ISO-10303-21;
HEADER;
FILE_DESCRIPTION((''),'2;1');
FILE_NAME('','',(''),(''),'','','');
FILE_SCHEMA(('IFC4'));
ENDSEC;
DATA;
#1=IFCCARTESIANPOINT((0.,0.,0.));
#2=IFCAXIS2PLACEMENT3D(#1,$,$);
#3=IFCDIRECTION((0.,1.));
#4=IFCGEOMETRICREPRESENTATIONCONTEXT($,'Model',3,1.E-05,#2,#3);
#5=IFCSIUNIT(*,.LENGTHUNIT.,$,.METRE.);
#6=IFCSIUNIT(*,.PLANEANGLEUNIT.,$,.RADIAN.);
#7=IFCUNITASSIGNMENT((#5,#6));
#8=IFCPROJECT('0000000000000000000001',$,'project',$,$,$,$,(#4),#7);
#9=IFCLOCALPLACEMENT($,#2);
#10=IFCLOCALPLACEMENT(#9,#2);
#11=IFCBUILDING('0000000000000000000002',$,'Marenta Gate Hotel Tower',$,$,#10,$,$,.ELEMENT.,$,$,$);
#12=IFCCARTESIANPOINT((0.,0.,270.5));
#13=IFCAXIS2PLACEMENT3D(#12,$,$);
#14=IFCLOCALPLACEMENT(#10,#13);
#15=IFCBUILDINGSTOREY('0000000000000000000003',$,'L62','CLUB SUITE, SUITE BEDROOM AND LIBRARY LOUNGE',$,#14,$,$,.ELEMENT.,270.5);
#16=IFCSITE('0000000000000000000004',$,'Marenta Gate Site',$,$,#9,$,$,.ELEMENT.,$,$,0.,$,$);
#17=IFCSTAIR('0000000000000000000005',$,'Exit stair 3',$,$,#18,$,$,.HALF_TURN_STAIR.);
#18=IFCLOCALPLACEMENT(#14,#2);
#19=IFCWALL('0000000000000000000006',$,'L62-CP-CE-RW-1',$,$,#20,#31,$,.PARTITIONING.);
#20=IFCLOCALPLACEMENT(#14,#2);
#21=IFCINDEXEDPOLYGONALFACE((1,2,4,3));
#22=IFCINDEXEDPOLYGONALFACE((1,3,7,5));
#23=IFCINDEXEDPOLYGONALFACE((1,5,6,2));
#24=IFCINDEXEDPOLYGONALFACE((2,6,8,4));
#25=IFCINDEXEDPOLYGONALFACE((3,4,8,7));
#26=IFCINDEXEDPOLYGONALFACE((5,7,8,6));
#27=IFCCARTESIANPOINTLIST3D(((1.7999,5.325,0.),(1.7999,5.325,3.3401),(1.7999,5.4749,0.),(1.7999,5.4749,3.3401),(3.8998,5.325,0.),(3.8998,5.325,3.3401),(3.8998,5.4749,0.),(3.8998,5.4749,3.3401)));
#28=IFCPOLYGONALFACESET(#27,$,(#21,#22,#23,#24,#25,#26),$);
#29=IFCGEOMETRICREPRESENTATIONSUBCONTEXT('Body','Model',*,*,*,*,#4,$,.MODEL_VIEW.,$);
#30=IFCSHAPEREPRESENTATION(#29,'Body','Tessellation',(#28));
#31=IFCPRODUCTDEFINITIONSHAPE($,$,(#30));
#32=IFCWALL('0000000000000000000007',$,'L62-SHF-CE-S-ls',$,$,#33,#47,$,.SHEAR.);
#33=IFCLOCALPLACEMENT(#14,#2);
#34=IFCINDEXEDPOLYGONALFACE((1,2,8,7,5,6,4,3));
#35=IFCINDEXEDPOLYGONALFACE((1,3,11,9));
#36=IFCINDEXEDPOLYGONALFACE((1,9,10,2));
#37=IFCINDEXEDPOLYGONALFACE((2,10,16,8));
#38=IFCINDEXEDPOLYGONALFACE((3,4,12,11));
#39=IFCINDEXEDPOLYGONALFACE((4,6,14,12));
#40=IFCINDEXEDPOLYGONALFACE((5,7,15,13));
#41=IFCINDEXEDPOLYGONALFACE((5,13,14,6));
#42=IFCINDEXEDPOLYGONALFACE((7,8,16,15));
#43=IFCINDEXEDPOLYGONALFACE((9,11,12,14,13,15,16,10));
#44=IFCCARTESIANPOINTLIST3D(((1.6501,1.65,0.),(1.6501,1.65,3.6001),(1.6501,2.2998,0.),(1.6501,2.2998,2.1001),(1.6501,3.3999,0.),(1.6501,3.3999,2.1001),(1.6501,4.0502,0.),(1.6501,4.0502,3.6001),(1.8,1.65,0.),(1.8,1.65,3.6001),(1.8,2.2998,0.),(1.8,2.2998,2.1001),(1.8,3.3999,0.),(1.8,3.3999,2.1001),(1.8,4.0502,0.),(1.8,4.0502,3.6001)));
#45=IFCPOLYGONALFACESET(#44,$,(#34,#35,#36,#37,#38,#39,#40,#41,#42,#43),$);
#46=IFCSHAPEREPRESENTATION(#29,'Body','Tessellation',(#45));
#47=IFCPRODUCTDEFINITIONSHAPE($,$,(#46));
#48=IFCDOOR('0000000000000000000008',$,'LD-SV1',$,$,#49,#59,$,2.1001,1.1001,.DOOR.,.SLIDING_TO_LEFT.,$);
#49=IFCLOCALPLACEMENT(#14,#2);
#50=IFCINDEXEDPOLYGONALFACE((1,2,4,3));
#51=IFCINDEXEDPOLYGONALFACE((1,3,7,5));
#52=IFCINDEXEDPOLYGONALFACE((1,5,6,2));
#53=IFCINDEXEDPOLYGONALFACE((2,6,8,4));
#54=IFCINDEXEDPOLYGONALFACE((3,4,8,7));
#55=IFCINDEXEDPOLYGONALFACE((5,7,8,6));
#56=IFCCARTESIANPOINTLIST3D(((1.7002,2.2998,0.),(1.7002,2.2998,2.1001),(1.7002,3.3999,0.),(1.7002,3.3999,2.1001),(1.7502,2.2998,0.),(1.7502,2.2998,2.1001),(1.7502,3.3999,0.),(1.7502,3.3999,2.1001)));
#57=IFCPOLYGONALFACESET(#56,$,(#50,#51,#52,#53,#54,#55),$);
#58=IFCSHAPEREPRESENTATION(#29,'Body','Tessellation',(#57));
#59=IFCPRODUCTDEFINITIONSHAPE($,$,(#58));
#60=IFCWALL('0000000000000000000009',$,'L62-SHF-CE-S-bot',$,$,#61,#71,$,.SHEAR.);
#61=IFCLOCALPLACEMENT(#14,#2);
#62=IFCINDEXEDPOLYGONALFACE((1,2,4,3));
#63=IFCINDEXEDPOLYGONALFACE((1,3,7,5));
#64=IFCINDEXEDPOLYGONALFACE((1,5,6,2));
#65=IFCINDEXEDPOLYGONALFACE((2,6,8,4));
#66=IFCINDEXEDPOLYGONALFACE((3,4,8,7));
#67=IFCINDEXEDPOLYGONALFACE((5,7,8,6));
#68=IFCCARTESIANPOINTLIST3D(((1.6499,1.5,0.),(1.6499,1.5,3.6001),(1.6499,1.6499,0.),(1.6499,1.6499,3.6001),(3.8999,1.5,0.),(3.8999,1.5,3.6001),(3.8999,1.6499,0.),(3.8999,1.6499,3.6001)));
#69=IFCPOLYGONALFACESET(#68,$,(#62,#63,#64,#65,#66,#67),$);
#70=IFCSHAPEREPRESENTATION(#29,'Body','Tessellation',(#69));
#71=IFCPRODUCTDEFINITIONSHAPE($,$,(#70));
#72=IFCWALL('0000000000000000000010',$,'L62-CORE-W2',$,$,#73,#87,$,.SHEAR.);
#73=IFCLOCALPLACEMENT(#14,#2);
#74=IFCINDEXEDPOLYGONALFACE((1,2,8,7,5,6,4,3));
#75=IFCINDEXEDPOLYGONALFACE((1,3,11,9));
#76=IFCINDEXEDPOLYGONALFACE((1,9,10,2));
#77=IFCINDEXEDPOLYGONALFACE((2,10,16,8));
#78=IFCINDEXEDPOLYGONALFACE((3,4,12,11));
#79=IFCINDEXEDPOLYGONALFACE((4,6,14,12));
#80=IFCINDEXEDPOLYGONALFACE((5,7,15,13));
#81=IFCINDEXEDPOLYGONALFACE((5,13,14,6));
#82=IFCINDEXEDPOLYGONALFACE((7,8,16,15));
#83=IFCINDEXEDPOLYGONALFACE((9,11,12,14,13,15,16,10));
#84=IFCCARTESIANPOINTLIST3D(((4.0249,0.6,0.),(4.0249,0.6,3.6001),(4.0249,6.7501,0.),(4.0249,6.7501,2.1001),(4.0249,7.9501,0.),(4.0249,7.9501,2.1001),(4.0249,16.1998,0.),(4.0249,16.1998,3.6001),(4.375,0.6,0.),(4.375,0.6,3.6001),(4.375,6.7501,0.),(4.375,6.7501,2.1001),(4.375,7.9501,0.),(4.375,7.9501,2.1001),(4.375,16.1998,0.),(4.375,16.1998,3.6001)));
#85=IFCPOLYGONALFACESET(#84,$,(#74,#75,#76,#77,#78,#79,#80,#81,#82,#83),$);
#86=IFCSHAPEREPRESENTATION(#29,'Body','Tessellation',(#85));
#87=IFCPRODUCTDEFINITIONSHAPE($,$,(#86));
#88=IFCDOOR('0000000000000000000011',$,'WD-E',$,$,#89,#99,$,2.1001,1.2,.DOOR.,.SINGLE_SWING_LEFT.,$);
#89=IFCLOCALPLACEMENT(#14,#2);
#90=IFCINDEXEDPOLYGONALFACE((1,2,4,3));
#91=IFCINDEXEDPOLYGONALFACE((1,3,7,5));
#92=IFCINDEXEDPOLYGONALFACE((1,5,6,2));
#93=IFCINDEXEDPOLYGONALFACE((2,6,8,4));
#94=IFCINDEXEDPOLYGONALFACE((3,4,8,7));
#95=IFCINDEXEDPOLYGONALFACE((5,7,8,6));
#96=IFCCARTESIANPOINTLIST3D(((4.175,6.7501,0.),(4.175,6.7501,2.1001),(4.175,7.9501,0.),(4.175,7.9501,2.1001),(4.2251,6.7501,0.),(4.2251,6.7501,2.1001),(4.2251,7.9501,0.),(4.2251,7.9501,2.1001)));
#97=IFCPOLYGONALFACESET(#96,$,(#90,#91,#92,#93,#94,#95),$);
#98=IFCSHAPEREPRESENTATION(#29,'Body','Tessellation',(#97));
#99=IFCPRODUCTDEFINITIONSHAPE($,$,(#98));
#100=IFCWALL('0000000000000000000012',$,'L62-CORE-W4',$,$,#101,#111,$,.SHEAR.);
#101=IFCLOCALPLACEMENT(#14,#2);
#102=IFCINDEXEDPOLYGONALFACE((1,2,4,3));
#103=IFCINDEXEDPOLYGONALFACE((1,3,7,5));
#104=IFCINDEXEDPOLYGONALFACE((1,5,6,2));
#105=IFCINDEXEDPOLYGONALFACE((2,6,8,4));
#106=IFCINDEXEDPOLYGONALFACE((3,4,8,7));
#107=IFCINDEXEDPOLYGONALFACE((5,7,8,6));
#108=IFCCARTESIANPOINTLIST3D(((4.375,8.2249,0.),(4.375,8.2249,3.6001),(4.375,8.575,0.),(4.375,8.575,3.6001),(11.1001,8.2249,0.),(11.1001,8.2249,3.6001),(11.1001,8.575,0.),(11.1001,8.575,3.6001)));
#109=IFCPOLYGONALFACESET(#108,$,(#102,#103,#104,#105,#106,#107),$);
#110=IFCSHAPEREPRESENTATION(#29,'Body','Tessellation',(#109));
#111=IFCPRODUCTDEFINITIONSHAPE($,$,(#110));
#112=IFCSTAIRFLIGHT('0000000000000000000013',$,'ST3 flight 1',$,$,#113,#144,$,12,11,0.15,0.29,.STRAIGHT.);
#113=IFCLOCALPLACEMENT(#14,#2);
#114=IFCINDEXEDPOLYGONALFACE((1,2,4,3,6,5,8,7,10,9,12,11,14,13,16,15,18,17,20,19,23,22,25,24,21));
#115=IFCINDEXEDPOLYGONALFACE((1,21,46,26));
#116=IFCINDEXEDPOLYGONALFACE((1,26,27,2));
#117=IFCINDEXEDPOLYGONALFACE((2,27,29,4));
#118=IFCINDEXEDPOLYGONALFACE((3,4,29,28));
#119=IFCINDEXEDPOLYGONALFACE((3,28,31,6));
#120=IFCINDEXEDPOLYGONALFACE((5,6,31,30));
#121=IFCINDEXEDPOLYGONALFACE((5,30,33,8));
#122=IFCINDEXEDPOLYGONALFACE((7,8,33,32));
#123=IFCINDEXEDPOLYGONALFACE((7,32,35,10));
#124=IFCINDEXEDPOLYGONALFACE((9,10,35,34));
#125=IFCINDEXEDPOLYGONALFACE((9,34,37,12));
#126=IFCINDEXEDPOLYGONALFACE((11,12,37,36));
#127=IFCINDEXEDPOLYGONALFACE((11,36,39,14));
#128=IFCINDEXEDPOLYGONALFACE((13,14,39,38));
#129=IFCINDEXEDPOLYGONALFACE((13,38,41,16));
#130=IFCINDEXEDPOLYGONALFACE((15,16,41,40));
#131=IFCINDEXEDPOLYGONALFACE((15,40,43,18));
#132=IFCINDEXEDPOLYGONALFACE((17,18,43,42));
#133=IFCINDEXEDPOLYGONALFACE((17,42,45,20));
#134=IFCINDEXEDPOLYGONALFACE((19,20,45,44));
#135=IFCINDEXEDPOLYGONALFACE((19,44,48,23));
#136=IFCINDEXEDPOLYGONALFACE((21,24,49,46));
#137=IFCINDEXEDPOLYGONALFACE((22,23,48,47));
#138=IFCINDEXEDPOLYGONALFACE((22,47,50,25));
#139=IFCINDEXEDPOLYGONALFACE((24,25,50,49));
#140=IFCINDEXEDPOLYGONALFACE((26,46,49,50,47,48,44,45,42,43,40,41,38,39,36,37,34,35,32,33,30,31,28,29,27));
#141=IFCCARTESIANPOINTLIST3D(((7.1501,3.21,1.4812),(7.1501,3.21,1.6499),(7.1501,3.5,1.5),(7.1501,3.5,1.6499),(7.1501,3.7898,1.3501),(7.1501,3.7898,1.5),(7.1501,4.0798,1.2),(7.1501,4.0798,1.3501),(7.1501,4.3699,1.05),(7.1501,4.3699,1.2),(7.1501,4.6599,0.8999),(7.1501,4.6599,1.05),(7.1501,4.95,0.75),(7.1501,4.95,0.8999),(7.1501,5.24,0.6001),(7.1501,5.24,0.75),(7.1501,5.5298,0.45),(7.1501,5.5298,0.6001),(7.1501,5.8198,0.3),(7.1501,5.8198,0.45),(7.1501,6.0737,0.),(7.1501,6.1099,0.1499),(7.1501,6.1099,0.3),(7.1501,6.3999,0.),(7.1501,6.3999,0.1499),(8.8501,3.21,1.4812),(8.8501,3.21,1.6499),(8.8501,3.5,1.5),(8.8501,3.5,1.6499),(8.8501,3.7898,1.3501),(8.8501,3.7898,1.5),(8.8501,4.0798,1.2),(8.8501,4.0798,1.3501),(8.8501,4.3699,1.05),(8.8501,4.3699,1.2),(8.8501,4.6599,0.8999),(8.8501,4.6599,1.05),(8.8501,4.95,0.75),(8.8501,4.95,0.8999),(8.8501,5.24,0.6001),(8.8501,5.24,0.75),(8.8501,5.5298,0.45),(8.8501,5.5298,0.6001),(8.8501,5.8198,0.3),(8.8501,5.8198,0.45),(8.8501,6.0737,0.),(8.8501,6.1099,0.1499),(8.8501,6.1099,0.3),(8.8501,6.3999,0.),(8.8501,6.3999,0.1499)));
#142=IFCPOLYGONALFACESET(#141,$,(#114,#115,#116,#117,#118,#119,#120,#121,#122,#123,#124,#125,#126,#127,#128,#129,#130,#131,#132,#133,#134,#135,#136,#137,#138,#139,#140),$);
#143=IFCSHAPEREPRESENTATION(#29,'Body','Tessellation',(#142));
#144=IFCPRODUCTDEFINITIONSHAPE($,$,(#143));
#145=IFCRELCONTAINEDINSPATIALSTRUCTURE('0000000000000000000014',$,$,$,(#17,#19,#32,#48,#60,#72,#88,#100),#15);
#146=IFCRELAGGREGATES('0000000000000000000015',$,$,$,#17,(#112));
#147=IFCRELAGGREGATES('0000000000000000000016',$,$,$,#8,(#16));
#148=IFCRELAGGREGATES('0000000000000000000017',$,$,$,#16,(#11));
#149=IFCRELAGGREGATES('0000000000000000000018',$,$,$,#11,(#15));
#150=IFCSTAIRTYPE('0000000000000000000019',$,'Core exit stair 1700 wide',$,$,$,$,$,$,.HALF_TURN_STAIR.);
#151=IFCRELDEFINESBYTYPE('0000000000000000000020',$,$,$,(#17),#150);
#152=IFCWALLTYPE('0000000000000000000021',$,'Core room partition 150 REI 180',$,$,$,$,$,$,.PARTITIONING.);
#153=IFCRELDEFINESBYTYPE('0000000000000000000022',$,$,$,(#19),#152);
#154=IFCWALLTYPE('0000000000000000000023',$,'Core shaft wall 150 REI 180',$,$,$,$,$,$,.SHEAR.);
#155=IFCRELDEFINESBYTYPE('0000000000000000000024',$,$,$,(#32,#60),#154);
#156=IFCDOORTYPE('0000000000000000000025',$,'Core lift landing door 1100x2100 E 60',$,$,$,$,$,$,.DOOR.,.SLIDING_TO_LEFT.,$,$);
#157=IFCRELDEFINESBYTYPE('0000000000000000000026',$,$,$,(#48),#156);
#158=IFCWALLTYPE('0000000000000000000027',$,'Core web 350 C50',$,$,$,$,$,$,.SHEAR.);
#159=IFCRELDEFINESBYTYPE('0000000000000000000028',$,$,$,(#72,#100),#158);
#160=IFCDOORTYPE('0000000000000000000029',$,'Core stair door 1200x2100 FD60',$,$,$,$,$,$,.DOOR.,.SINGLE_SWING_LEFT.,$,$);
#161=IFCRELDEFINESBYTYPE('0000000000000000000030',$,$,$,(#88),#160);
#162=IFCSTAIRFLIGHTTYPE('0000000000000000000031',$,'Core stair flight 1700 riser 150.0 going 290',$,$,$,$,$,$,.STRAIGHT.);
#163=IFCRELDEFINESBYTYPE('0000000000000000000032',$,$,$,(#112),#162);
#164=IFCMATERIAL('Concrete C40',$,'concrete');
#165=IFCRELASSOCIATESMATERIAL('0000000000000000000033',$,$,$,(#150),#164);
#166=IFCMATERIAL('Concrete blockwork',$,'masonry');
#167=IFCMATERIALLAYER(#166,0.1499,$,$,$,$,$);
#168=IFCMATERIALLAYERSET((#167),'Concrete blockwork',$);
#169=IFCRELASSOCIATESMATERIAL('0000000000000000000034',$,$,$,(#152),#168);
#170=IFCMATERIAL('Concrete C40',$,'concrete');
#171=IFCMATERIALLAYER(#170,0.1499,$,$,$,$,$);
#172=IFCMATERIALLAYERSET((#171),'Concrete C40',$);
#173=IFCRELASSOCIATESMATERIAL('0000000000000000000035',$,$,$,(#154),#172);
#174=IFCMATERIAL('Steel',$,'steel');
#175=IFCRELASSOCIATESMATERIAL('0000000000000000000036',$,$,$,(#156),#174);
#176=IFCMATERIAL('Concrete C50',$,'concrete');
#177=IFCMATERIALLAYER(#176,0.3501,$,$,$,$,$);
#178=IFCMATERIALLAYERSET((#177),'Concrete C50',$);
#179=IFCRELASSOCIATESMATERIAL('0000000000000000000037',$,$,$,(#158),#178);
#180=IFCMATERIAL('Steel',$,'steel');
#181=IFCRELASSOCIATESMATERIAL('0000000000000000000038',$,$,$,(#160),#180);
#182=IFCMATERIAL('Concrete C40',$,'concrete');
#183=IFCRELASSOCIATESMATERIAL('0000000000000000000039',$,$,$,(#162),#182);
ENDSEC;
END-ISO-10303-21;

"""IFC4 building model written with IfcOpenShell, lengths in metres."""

from ifc_helpers import new_model, si_unit, direction, frame, frame_2d, origin, place, context, subcontext, project, spatial, polyline, rectangle, outline, extrude, material, layer, layer_set, type_object, element, fill, aggregate, save


model = new_model("IFC4")

# Units and contexts
model_context = context("Model", 3, precision=1e-05, world=origin(), true_north=direction((0.0, 1.0)))
body_context = subcontext(model_context, "Body", "Model", "MODEL_VIEW")
ifc_project = project(units=[si_unit("LENGTHUNIT", "METRE"), si_unit("PLANEANGLEUNIT", "RADIAN")], contexts=[model_context])

# Site, building, storey
site_placement = place(None, origin())
site = spatial("IfcSite", under=ifc_project, at=site_placement, Name="Marenta Gate Site", CompositionType="ELEMENT", RefElevation=0.0)
building_placement = place(site_placement, origin())
building = spatial("IfcBuilding", under=site, at=building_placement, Name="Marenta Gate Hotel Tower", CompositionType="ELEMENT")
storey_placement = place(building_placement, frame((0.0, 0.0, 270.5)))
storey = spatial("IfcBuildingStorey", under=building, at=storey_placement, Name="L62", Description="CLUB SUITE, SUITE BEDROOM AND LIBRARY LOUNGE", CompositionType="ELEMENT", Elevation=270.5)

# Stair
ifc_material_1 = material(Name="Concrete C40", Category="concrete")
stair_type_1 = type_object("IfcStairType", Name="Core exit stair 1700 wide", PredefinedType="HALF_TURN_STAIR", material=ifc_material_1)
stair_1_placement = place(storey_placement, origin())
stair_1 = element("IfcStair", 1, at=stair_1_placement, inside=storey, type_object=stair_type_1, Name="Exit stair 3", PredefinedType="HALF_TURN_STAIR")

# Shared definitions
ifc_material_2 = material(Name="Concrete blockwork", Category="masonry")
ifc_layer_1 = layer(ifc_material_2, 0.1499)
ifc_layer_set_1 = layer_set([ifc_layer_1], Name="Concrete blockwork")
wall_type_1 = type_object("IfcWallType", Name="Core room partition 150 REI 180", PredefinedType="PARTITIONING", material=ifc_layer_set_1)

# Wall
wall_1_placement = place(storey_placement, frame((1.8, 5.3999, 0.0), z_axis=(0.0, 0.0, 1.0), x_axis=(1.0, 0.0, 0.0)))
element("IfcWall", 2, at=wall_1_placement, inside=storey, type_object=wall_type_1, Name="L62-CP-CE-RW-1", PredefinedType="PARTITIONING", context=body_context, shape_type="SweptSolid", body=[
    extrude(rectangle(XDim=2.0999, YDim=0.1499, at=frame_2d((1.0498, 0.0))), origin(), (0.0, 0.0, 1.0), 3.3401),
])

# Wall, opening, door
ifc_material_3 = material(Name="Concrete C40", Category="concrete")
ifc_layer_2 = layer(ifc_material_3, 0.1499)
ifc_layer_set_2 = layer_set([ifc_layer_2], Name="Concrete C40")
wall_type_2 = type_object("IfcWallType", Name="Core shaft wall 150 REI 180", PredefinedType="SHEAR", material=ifc_layer_set_2)
wall_2_placement = place(storey_placement, frame((1.7251, 1.6499, 0.0), z_axis=(0.0, 0.0, 1.0), x_axis=(0.0, 1.0, 0.0)))
wall_2 = element("IfcWall", 3, at=wall_2_placement, inside=storey, type_object=wall_type_2, Name="L62-SHF-CE-S-ls", PredefinedType="SHEAR", context=body_context, shape_type="SweptSolid", body=[
    extrude(rectangle(XDim=2.4001, YDim=0.1499, at=frame_2d((1.2002, 0.0))), origin(), (0.0, 0.0, 1.0), 3.6001),
])
opening_1_placement = place(wall_2_placement, frame((0.6499, 0.0, 0.0)))
opening_1 = element("IfcOpeningElement", 4, at=opening_1_placement, cuts=wall_2, PredefinedType="OPENING", context=body_context, shape_type="SweptSolid", body=[
    extrude(rectangle(XDim=1.1001, YDim=2.1001, at=frame_2d((0.55, 1.05))), frame((0.0, 0.075, 0.0), z_axis=(0.0, -1.0, 0.0), x_axis=(1.0, 0.0, 0.0)), (0.0, 0.0, 1.0), 0.1499),
])
ifc_material_4 = material(Name="Steel", Category="steel")
door_type_1 = type_object("IfcDoorType", Name="Core lift landing door 1100x2100 E 60", OperationType="SLIDING_TO_LEFT", PredefinedType="DOOR", material=ifc_material_4)
door_1_placement = place(opening_1_placement, origin())
door_1 = element("IfcDoor", 5, at=door_1_placement, inside=storey, type_object=door_type_1, Name="LD-SV1", OperationType="SLIDING_TO_LEFT", OverallHeight=2.1001, OverallWidth=1.1001, PredefinedType="DOOR", context=body_context, shape_type="SweptSolid", body=[
    extrude(rectangle(XDim=1.1001, YDim=2.1001, at=frame_2d((0.55, 1.05))), frame((0.0, 0.0249, 0.0), z_axis=(0.0, -1.0, 0.0), x_axis=(1.0, 0.0, 0.0)), (0.0, 0.0, 1.0), 0.05),
])
fill(opening_1, door_1)

# Wall
wall_3_placement = place(storey_placement, frame((1.6499, 1.575, 0.0), z_axis=(0.0, 0.0, 1.0), x_axis=(1.0, 0.0, 0.0)))
element("IfcWall", 6, at=wall_3_placement, inside=storey, type_object=wall_type_2, Name="L62-SHF-CE-S-bot", PredefinedType="SHEAR", context=body_context, shape_type="SweptSolid", body=[
    extrude(rectangle(XDim=2.25, YDim=0.1499, at=frame_2d((1.125, 0.0))), origin(), (0.0, 0.0, 1.0), 3.6001),
])

# Wall, opening, door
ifc_material_5 = material(Name="Concrete C50", Category="concrete")
ifc_layer_3 = layer(ifc_material_5, 0.3501)
ifc_layer_set_3 = layer_set([ifc_layer_3], Name="Concrete C50")
wall_type_3 = type_object("IfcWallType", Name="Core web 350 C50", PredefinedType="SHEAR", material=ifc_layer_set_3)
wall_4_placement = place(storey_placement, frame((4.2, 0.6001, 0.0), z_axis=(0.0, 0.0, 1.0), x_axis=(0.0, 1.0, 0.0)))
wall_4 = element("IfcWall", 7, at=wall_4_placement, inside=storey, type_object=wall_type_3, Name="L62-CORE-W2", PredefinedType="SHEAR", context=body_context, shape_type="SweptSolid", body=[
    extrude(rectangle(XDim=15.5999, YDim=0.3501, at=frame_2d((7.7998, 0.0))), origin(), (0.0, 0.0, 1.0), 3.6001),
])
opening_2_placement = place(wall_4_placement, frame((6.1499, 0.0, 0.0)))
opening_2 = element("IfcOpeningElement", 8, at=opening_2_placement, cuts=wall_4, PredefinedType="OPENING", context=body_context, shape_type="SweptSolid", body=[
    extrude(rectangle(XDim=1.2, YDim=2.1001, at=frame_2d((0.6001, 1.05))), frame((0.0, 0.175, 0.0), z_axis=(0.0, -1.0, 0.0), x_axis=(1.0, 0.0, 0.0)), (0.0, 0.0, 1.0), 0.3501),
])
ifc_material_6 = material(Name="Steel", Category="steel")
door_type_2 = type_object("IfcDoorType", Name="Core stair door 1200x2100 FD60", OperationType="SINGLE_SWING_LEFT", PredefinedType="DOOR", material=ifc_material_6)
door_2_placement = place(opening_2_placement, origin())
door_2 = element("IfcDoor", 9, at=door_2_placement, inside=storey, type_object=door_type_2, Name="WD-E", OperationType="SINGLE_SWING_LEFT", OverallHeight=2.1001, OverallWidth=1.2, PredefinedType="DOOR", context=body_context, shape_type="SweptSolid", body=[
    extrude(rectangle(XDim=1.2, YDim=2.1001, at=frame_2d((0.6001, 1.05))), frame((0.0, 0.0249, 0.0), z_axis=(0.0, -1.0, 0.0), x_axis=(1.0, 0.0, 0.0)), (0.0, 0.0, 1.0), 0.05),
])
fill(opening_2, door_2)

# Wall
wall_5_placement = place(storey_placement, frame((4.375, 8.3999, 0.0), z_axis=(0.0, 0.0, 1.0), x_axis=(1.0, 0.0, 0.0)))
element("IfcWall", 10, at=wall_5_placement, inside=storey, type_object=wall_type_3, Name="L62-CORE-W4", PredefinedType="SHEAR", context=body_context, shape_type="SweptSolid", body=[
    extrude(rectangle(XDim=6.7251, YDim=0.3501, at=frame_2d((3.3625, 0.0))), origin(), (0.0, 0.0, 1.0), 3.6001),
])

# Stair flight
ifc_material_7 = material(Name="Concrete C40", Category="concrete")
stair_flight_type = type_object("IfcStairFlightType", Name="Core stair flight 1700 riser 150.0 going 290", PredefinedType="STRAIGHT", material=ifc_material_7)
stair_flight_1_placement = place(storey_placement, frame((8.0, 6.3999, 0.0), z_axis=(0.0, 0.0, 1.0), x_axis=(0.0, -1.0, 0.0)))
stair_flight_1 = element("IfcStairFlight", 11, at=stair_flight_1_placement, type_object=stair_flight_type, Name="ST3 flight 1", NumberOfRisers=12, NumberOfTreads=11, PredefinedType="STRAIGHT", RiserHeight=0.15, TreadLength=0.29, context=body_context, shape_type="SweptSolid", body=[
    extrude(outline(polyline([(0.0, 0.0), (0.0, 0.1499), (0.29, 0.1499), (0.29, 0.3), (0.5801, 0.3), (0.5801, 0.45), (0.8701, 0.45), (0.8701, 0.6001), (1.1599, 0.6001), (1.1599, 0.75), (1.45, 0.75), (1.45, 0.8999), (1.74, 0.8999), (1.74, 1.05), (2.03, 1.05), (2.03, 1.2), (2.3201, 1.2), (2.3201, 1.3501), (2.6101, 1.3501), (2.6101, 1.5), (2.8999, 1.5), (2.8999, 1.6499), (3.1899, 1.6499), (3.1899, 1.8), (3.1899, 1.4812), (0.3262, 0.0), (0.0, 0.0)])), frame((0.0, 0.8501, 0.0), z_axis=(0.0, -1.0, 0.0), x_axis=(1.0, 0.0, 0.0)), (0.0, 0.0, 1.0), 1.7),
])
aggregate(stair_1, [stair_flight_1])

save(model, "model.ifc")
